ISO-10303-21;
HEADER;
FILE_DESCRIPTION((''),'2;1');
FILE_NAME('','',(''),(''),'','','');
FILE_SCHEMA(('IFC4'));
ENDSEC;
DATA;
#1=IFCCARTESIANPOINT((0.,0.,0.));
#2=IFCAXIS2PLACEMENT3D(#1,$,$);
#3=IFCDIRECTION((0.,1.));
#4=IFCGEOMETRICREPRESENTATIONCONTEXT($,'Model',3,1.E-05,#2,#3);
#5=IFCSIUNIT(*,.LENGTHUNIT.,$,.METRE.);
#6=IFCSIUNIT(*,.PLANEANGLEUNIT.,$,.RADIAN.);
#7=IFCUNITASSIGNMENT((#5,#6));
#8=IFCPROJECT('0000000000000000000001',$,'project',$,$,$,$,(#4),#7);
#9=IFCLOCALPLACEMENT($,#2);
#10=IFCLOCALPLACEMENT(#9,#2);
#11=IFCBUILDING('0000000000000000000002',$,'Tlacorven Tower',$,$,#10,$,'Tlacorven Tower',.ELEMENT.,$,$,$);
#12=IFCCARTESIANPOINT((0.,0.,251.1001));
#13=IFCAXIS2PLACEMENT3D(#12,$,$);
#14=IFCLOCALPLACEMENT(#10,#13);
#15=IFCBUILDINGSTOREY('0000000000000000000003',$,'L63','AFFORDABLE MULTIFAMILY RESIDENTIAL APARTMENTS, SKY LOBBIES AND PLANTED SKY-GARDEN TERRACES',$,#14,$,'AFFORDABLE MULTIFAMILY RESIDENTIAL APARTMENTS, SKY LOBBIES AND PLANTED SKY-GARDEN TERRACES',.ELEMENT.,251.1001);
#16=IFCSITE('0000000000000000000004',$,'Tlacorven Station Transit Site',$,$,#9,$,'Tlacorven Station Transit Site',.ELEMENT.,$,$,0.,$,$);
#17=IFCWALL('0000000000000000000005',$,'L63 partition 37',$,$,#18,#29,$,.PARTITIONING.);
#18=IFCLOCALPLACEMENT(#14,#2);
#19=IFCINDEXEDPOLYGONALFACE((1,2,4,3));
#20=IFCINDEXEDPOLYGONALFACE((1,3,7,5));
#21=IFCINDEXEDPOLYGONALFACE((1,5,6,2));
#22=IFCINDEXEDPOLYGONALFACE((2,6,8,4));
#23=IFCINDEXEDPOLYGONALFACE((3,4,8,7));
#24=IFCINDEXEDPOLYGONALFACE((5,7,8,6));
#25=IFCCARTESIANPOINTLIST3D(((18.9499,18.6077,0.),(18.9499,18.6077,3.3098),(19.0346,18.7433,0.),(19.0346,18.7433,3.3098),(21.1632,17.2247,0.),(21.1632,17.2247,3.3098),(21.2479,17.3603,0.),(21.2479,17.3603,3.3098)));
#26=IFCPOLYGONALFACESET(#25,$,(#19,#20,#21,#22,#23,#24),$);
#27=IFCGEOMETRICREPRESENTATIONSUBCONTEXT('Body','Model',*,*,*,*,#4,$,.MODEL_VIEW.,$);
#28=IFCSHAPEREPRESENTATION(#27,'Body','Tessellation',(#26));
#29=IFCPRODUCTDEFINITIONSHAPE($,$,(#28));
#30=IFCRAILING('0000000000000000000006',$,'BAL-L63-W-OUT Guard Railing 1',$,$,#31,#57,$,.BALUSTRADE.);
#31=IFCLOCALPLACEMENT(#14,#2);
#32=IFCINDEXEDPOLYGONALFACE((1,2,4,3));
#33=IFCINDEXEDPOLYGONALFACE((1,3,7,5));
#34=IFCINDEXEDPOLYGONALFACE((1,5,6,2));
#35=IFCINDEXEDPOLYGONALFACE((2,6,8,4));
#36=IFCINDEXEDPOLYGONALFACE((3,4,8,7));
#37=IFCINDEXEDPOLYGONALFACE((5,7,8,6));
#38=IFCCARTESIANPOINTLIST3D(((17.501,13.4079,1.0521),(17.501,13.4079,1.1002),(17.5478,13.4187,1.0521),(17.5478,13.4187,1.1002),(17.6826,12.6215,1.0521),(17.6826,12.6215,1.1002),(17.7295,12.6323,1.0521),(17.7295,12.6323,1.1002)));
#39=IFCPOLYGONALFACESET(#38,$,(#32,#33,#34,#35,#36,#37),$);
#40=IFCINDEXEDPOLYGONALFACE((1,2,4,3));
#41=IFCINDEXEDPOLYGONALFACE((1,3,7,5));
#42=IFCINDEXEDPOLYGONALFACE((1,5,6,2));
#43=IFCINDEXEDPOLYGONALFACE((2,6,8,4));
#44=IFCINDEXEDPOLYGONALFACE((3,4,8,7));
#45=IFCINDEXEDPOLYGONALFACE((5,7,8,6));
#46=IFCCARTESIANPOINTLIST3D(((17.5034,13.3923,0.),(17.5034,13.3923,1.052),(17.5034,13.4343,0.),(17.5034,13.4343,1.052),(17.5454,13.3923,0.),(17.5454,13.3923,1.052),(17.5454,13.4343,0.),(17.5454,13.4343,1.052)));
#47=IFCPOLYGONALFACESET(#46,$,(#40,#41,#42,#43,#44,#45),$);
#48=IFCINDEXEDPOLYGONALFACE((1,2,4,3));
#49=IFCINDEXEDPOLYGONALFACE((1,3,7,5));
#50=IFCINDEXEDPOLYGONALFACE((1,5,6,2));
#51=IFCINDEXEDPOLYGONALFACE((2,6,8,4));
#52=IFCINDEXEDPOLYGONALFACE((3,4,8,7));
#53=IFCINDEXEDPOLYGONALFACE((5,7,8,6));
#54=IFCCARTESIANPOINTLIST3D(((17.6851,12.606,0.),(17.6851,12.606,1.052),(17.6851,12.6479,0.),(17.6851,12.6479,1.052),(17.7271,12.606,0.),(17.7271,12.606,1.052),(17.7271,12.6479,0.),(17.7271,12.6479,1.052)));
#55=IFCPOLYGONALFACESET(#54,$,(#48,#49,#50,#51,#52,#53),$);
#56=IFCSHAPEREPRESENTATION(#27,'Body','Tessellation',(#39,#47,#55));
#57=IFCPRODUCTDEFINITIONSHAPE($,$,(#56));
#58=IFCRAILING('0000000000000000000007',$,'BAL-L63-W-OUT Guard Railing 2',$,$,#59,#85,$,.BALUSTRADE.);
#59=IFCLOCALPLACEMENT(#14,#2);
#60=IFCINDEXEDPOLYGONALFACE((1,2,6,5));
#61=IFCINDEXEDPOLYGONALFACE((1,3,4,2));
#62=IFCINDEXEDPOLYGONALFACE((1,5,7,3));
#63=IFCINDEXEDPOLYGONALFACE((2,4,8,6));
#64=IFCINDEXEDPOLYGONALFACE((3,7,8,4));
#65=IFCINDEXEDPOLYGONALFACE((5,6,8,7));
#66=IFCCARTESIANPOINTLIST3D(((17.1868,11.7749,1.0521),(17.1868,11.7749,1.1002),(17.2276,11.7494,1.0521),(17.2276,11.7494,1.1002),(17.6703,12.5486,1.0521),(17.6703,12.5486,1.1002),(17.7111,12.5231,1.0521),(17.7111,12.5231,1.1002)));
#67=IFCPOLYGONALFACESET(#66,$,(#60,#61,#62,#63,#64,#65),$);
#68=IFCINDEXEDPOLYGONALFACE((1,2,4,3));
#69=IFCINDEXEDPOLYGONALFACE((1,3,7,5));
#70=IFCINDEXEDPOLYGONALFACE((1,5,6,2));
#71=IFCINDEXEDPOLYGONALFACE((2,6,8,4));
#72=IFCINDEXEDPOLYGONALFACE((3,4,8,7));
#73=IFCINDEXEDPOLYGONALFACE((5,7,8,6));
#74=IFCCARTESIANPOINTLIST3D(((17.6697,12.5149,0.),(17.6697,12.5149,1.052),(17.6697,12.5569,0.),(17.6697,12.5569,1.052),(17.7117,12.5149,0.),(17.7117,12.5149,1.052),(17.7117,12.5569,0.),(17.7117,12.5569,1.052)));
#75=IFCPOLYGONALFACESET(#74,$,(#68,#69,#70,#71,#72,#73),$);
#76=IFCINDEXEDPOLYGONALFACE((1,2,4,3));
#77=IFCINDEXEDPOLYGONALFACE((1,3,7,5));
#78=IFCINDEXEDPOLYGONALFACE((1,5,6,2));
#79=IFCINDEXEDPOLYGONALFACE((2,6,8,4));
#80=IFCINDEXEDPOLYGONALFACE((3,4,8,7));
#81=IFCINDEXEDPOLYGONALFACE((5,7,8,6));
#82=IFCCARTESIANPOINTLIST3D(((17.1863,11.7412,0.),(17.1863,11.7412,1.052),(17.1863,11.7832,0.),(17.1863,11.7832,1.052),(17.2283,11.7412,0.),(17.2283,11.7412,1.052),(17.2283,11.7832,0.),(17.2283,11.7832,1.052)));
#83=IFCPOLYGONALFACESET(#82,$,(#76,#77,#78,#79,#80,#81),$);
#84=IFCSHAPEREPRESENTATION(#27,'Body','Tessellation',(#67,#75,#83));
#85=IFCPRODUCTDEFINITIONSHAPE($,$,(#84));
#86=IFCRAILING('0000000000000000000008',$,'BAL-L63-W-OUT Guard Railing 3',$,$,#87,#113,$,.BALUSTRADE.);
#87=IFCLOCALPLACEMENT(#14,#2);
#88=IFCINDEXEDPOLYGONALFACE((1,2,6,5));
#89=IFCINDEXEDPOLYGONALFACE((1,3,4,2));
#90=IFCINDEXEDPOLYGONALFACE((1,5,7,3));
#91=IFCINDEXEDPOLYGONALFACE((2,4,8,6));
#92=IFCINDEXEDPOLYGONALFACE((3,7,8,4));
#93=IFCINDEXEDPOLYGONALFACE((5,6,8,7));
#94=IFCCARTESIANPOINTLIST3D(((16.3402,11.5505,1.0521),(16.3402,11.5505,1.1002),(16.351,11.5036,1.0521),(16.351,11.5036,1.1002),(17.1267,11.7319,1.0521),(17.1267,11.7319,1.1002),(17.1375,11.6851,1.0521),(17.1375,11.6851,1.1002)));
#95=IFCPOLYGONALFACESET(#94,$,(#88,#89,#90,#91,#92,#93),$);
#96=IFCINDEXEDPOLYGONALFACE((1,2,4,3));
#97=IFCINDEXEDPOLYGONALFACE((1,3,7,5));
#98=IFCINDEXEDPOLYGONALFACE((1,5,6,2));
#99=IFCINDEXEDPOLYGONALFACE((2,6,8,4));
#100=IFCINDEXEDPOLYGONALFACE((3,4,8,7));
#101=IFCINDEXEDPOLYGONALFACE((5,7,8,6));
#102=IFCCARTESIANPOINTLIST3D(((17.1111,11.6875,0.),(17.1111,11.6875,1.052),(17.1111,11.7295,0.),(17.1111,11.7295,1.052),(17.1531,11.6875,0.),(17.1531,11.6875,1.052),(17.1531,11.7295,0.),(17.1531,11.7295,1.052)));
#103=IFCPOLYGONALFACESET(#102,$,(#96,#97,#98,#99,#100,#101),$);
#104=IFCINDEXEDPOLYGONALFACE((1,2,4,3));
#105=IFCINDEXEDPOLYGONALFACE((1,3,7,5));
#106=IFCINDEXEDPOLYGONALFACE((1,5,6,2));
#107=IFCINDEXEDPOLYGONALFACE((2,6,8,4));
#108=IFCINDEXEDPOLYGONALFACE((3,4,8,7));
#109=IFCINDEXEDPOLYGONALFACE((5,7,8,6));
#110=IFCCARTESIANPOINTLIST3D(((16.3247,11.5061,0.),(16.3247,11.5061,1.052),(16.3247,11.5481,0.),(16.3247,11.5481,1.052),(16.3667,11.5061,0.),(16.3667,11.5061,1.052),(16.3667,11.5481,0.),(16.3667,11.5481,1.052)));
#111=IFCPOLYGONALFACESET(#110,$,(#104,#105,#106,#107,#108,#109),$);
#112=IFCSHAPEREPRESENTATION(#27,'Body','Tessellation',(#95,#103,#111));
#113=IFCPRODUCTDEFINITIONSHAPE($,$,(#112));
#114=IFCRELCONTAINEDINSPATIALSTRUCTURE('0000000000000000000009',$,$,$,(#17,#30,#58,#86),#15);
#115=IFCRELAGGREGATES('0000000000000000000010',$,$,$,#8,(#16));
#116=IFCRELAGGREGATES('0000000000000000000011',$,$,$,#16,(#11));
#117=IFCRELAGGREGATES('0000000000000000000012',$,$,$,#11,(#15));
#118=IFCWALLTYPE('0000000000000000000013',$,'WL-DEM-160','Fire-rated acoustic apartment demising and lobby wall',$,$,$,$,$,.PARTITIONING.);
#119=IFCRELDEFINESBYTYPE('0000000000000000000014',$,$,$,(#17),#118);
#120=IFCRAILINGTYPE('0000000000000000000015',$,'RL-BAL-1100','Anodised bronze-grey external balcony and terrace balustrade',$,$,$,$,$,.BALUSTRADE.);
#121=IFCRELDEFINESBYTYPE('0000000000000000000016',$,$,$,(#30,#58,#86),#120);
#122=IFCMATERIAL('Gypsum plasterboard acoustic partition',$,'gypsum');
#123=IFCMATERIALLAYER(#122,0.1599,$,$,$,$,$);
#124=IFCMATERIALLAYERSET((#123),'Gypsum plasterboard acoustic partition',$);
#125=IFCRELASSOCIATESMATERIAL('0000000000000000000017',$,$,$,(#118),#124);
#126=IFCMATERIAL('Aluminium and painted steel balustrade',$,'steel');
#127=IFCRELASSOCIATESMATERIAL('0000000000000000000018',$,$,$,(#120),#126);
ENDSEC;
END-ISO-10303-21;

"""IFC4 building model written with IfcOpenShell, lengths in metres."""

from ifc_helpers import new_model, si_unit, direction, frame, frame_2d, origin, origin_2d, place, context, subcontext, project, spatial, rectangle, extrude, source, transform, mapped, material, layer, layer_set, type_object, element, save


model = new_model("IFC4")

# Units and contexts
model_context = context("Model", 3, precision=1e-05, world=origin(), true_north=direction((0.0, 1.0)))
body_context = subcontext(model_context, "Body", "Model", "MODEL_VIEW")
ifc_project = project(units=[si_unit("LENGTHUNIT", "METRE"), si_unit("PLANEANGLEUNIT", "RADIAN")], contexts=[model_context])

# Site, building, storey
site_placement = place(None, origin())
site = spatial("IfcSite", under=ifc_project, at=site_placement, Name="Tlacorven Station Transit Site", LongName="Tlacorven Station Transit Site", CompositionType="ELEMENT", RefElevation=0.0)
building_placement = place(site_placement, origin())
building = spatial("IfcBuilding", under=site, at=building_placement, Name="Tlacorven Tower", LongName="Tlacorven Tower", CompositionType="ELEMENT")
storey_placement = place(building_placement, frame((0.0, 0.0, 251.1001)))
storey = spatial("IfcBuildingStorey", under=building, at=storey_placement, Name="L63", Description="AFFORDABLE MULTIFAMILY RESIDENTIAL APARTMENTS, SKY LOBBIES AND PLANTED SKY-GARDEN TERRACES", LongName="AFFORDABLE MULTIFAMILY RESIDENTIAL APARTMENTS, SKY LOBBIES AND PLANTED SKY-GARDEN TERRACES", CompositionType="ELEMENT", Elevation=251.1001)

# Wall
ifc_material_1 = material(Name="Gypsum plasterboard acoustic partition", Category="gypsum")
ifc_layer_1 = layer(ifc_material_1, 0.1599)
ifc_layer_set_1 = layer_set([ifc_layer_1], Name="Gypsum plasterboard acoustic partition")
wall_type = type_object("IfcWallType", Name="WL-DEM-160", Description="Fire-rated acoustic apartment demising and lobby wall", PredefinedType="PARTITIONING", material=ifc_layer_set_1)
wall_placement = place(storey_placement, frame((21.2056, 17.2925, 0.0), z_axis=(0.0, 0.0, 1.0), x_axis=(-0.848051, 0.529915, 0.0)))
element("IfcWall", 1, at=wall_placement, inside=storey, type_object=wall_type, Name="L63 partition 37", PredefinedType="PARTITIONING", context=body_context, shape_type="SweptSolid", body=[
    extrude(rectangle(XDim=2.6099, YDim=0.1599, at=frame_2d((1.3049, 0.0))), origin(), (0.0, 0.0, 1.0), 3.3098),
])

# Railings
ifc_material_2 = material(Name="Aluminium and painted steel balustrade", Category="steel")
railing_type_1 = type_object("IfcRailingType", Name="RL-BAL-1100", Description="Anodised bronze-grey external balcony and terrace balustrade", PredefinedType="BALUSTRADE", material=ifc_material_2)
shared_shape_1 = source(origin(), body_context, "Body", "SweptSolid", [
    extrude(rectangle(XDim=0.0481, YDim=0.0481, at=origin_2d()), frame((0.0, 0.0, 1.0762), z_axis=(0.225058, -0.974345, 0.0), x_axis=(0.974345, 0.225058, 0.0)), (0.0, 0.0, 1.0), 0.8071),
    extrude(rectangle(XDim=0.042, YDim=0.042, at=origin_2d()), origin(), (0.0, 0.0, 1.0), 1.052),
    extrude(rectangle(XDim=0.042, YDim=0.042, at=origin_2d()), frame((0.1816, -0.7864, 0.0)), (0.0, 0.0, 1.0), 1.052),
])
railing_1_placement = place(storey_placement, frame((17.5244, 13.4133, 0.0)))
element("IfcRailing", 2, at=railing_1_placement, inside=storey, type_object=railing_type_1, Name="BAL-L63-W-OUT Guard Railing 1", PredefinedType="BALUSTRADE", context=body_context, shape_type="MappedRepresentation", body=[
    mapped(shared_shape_1, transform((0.0, 0.0, 0.0), scale=1.0)),
])
shared_shape_2 = source(origin(), body_context, "Body", "SweptSolid", [
    extrude(rectangle(XDim=0.0481, YDim=0.0481, at=origin_2d()), frame((0.0, 0.0, 1.0762), z_axis=(-0.529879, -0.848073, 0.0), x_axis=(0.848073, -0.529879, 0.0)), (0.0, 0.0, 1.0), 0.9124),
    extrude(rectangle(XDim=0.042, YDim=0.042, at=origin_2d()), origin(), (0.0, 0.0, 1.0), 1.052),
    extrude(rectangle(XDim=0.042, YDim=0.042, at=origin_2d()), frame((-0.4834, -0.7737, 0.0)), (0.0, 0.0, 1.0), 1.052),
])
railing_2_placement = place(storey_placement, frame((17.6907, 12.5359, 0.0)))
element("IfcRailing", 3, at=railing_2_placement, inside=storey, type_object=railing_type_1, Name="BAL-L63-W-OUT Guard Railing 2", PredefinedType="BALUSTRADE", context=body_context, shape_type="MappedRepresentation", body=[
    mapped(shared_shape_2, transform((0.0, 0.0, 0.0), scale=1.0)),
])
shared_shape_3 = source(origin(), body_context, "Body", "SweptSolid", [
    extrude(rectangle(XDim=0.0481, YDim=0.0481, at=origin_2d()), frame((0.0, 0.0, 1.0762), z_axis=(-0.974412, -0.224771, 0.0), x_axis=(0.224771, -0.974412, 0.0)), (0.0, 0.0, 1.0), 0.8071),
    extrude(rectangle(XDim=0.042, YDim=0.042, at=origin_2d()), origin(), (0.0, 0.0, 1.0), 1.052),
    extrude(rectangle(XDim=0.042, YDim=0.042, at=origin_2d()), frame((-0.7864, -0.1814, 0.0)), (0.0, 0.0, 1.0), 1.052),
])
railing_3_placement = place(storey_placement, frame((17.1321, 11.7085, 0.0)))
element("IfcRailing", 4, at=railing_3_placement, inside=storey, type_object=railing_type_1, Name="BAL-L63-W-OUT Guard Railing 3", PredefinedType="BALUSTRADE", context=body_context, shape_type="MappedRepresentation", body=[
    mapped(shared_shape_3, transform((0.0, 0.0, 0.0), scale=1.0)),
])

save(model, "model.ifc")
